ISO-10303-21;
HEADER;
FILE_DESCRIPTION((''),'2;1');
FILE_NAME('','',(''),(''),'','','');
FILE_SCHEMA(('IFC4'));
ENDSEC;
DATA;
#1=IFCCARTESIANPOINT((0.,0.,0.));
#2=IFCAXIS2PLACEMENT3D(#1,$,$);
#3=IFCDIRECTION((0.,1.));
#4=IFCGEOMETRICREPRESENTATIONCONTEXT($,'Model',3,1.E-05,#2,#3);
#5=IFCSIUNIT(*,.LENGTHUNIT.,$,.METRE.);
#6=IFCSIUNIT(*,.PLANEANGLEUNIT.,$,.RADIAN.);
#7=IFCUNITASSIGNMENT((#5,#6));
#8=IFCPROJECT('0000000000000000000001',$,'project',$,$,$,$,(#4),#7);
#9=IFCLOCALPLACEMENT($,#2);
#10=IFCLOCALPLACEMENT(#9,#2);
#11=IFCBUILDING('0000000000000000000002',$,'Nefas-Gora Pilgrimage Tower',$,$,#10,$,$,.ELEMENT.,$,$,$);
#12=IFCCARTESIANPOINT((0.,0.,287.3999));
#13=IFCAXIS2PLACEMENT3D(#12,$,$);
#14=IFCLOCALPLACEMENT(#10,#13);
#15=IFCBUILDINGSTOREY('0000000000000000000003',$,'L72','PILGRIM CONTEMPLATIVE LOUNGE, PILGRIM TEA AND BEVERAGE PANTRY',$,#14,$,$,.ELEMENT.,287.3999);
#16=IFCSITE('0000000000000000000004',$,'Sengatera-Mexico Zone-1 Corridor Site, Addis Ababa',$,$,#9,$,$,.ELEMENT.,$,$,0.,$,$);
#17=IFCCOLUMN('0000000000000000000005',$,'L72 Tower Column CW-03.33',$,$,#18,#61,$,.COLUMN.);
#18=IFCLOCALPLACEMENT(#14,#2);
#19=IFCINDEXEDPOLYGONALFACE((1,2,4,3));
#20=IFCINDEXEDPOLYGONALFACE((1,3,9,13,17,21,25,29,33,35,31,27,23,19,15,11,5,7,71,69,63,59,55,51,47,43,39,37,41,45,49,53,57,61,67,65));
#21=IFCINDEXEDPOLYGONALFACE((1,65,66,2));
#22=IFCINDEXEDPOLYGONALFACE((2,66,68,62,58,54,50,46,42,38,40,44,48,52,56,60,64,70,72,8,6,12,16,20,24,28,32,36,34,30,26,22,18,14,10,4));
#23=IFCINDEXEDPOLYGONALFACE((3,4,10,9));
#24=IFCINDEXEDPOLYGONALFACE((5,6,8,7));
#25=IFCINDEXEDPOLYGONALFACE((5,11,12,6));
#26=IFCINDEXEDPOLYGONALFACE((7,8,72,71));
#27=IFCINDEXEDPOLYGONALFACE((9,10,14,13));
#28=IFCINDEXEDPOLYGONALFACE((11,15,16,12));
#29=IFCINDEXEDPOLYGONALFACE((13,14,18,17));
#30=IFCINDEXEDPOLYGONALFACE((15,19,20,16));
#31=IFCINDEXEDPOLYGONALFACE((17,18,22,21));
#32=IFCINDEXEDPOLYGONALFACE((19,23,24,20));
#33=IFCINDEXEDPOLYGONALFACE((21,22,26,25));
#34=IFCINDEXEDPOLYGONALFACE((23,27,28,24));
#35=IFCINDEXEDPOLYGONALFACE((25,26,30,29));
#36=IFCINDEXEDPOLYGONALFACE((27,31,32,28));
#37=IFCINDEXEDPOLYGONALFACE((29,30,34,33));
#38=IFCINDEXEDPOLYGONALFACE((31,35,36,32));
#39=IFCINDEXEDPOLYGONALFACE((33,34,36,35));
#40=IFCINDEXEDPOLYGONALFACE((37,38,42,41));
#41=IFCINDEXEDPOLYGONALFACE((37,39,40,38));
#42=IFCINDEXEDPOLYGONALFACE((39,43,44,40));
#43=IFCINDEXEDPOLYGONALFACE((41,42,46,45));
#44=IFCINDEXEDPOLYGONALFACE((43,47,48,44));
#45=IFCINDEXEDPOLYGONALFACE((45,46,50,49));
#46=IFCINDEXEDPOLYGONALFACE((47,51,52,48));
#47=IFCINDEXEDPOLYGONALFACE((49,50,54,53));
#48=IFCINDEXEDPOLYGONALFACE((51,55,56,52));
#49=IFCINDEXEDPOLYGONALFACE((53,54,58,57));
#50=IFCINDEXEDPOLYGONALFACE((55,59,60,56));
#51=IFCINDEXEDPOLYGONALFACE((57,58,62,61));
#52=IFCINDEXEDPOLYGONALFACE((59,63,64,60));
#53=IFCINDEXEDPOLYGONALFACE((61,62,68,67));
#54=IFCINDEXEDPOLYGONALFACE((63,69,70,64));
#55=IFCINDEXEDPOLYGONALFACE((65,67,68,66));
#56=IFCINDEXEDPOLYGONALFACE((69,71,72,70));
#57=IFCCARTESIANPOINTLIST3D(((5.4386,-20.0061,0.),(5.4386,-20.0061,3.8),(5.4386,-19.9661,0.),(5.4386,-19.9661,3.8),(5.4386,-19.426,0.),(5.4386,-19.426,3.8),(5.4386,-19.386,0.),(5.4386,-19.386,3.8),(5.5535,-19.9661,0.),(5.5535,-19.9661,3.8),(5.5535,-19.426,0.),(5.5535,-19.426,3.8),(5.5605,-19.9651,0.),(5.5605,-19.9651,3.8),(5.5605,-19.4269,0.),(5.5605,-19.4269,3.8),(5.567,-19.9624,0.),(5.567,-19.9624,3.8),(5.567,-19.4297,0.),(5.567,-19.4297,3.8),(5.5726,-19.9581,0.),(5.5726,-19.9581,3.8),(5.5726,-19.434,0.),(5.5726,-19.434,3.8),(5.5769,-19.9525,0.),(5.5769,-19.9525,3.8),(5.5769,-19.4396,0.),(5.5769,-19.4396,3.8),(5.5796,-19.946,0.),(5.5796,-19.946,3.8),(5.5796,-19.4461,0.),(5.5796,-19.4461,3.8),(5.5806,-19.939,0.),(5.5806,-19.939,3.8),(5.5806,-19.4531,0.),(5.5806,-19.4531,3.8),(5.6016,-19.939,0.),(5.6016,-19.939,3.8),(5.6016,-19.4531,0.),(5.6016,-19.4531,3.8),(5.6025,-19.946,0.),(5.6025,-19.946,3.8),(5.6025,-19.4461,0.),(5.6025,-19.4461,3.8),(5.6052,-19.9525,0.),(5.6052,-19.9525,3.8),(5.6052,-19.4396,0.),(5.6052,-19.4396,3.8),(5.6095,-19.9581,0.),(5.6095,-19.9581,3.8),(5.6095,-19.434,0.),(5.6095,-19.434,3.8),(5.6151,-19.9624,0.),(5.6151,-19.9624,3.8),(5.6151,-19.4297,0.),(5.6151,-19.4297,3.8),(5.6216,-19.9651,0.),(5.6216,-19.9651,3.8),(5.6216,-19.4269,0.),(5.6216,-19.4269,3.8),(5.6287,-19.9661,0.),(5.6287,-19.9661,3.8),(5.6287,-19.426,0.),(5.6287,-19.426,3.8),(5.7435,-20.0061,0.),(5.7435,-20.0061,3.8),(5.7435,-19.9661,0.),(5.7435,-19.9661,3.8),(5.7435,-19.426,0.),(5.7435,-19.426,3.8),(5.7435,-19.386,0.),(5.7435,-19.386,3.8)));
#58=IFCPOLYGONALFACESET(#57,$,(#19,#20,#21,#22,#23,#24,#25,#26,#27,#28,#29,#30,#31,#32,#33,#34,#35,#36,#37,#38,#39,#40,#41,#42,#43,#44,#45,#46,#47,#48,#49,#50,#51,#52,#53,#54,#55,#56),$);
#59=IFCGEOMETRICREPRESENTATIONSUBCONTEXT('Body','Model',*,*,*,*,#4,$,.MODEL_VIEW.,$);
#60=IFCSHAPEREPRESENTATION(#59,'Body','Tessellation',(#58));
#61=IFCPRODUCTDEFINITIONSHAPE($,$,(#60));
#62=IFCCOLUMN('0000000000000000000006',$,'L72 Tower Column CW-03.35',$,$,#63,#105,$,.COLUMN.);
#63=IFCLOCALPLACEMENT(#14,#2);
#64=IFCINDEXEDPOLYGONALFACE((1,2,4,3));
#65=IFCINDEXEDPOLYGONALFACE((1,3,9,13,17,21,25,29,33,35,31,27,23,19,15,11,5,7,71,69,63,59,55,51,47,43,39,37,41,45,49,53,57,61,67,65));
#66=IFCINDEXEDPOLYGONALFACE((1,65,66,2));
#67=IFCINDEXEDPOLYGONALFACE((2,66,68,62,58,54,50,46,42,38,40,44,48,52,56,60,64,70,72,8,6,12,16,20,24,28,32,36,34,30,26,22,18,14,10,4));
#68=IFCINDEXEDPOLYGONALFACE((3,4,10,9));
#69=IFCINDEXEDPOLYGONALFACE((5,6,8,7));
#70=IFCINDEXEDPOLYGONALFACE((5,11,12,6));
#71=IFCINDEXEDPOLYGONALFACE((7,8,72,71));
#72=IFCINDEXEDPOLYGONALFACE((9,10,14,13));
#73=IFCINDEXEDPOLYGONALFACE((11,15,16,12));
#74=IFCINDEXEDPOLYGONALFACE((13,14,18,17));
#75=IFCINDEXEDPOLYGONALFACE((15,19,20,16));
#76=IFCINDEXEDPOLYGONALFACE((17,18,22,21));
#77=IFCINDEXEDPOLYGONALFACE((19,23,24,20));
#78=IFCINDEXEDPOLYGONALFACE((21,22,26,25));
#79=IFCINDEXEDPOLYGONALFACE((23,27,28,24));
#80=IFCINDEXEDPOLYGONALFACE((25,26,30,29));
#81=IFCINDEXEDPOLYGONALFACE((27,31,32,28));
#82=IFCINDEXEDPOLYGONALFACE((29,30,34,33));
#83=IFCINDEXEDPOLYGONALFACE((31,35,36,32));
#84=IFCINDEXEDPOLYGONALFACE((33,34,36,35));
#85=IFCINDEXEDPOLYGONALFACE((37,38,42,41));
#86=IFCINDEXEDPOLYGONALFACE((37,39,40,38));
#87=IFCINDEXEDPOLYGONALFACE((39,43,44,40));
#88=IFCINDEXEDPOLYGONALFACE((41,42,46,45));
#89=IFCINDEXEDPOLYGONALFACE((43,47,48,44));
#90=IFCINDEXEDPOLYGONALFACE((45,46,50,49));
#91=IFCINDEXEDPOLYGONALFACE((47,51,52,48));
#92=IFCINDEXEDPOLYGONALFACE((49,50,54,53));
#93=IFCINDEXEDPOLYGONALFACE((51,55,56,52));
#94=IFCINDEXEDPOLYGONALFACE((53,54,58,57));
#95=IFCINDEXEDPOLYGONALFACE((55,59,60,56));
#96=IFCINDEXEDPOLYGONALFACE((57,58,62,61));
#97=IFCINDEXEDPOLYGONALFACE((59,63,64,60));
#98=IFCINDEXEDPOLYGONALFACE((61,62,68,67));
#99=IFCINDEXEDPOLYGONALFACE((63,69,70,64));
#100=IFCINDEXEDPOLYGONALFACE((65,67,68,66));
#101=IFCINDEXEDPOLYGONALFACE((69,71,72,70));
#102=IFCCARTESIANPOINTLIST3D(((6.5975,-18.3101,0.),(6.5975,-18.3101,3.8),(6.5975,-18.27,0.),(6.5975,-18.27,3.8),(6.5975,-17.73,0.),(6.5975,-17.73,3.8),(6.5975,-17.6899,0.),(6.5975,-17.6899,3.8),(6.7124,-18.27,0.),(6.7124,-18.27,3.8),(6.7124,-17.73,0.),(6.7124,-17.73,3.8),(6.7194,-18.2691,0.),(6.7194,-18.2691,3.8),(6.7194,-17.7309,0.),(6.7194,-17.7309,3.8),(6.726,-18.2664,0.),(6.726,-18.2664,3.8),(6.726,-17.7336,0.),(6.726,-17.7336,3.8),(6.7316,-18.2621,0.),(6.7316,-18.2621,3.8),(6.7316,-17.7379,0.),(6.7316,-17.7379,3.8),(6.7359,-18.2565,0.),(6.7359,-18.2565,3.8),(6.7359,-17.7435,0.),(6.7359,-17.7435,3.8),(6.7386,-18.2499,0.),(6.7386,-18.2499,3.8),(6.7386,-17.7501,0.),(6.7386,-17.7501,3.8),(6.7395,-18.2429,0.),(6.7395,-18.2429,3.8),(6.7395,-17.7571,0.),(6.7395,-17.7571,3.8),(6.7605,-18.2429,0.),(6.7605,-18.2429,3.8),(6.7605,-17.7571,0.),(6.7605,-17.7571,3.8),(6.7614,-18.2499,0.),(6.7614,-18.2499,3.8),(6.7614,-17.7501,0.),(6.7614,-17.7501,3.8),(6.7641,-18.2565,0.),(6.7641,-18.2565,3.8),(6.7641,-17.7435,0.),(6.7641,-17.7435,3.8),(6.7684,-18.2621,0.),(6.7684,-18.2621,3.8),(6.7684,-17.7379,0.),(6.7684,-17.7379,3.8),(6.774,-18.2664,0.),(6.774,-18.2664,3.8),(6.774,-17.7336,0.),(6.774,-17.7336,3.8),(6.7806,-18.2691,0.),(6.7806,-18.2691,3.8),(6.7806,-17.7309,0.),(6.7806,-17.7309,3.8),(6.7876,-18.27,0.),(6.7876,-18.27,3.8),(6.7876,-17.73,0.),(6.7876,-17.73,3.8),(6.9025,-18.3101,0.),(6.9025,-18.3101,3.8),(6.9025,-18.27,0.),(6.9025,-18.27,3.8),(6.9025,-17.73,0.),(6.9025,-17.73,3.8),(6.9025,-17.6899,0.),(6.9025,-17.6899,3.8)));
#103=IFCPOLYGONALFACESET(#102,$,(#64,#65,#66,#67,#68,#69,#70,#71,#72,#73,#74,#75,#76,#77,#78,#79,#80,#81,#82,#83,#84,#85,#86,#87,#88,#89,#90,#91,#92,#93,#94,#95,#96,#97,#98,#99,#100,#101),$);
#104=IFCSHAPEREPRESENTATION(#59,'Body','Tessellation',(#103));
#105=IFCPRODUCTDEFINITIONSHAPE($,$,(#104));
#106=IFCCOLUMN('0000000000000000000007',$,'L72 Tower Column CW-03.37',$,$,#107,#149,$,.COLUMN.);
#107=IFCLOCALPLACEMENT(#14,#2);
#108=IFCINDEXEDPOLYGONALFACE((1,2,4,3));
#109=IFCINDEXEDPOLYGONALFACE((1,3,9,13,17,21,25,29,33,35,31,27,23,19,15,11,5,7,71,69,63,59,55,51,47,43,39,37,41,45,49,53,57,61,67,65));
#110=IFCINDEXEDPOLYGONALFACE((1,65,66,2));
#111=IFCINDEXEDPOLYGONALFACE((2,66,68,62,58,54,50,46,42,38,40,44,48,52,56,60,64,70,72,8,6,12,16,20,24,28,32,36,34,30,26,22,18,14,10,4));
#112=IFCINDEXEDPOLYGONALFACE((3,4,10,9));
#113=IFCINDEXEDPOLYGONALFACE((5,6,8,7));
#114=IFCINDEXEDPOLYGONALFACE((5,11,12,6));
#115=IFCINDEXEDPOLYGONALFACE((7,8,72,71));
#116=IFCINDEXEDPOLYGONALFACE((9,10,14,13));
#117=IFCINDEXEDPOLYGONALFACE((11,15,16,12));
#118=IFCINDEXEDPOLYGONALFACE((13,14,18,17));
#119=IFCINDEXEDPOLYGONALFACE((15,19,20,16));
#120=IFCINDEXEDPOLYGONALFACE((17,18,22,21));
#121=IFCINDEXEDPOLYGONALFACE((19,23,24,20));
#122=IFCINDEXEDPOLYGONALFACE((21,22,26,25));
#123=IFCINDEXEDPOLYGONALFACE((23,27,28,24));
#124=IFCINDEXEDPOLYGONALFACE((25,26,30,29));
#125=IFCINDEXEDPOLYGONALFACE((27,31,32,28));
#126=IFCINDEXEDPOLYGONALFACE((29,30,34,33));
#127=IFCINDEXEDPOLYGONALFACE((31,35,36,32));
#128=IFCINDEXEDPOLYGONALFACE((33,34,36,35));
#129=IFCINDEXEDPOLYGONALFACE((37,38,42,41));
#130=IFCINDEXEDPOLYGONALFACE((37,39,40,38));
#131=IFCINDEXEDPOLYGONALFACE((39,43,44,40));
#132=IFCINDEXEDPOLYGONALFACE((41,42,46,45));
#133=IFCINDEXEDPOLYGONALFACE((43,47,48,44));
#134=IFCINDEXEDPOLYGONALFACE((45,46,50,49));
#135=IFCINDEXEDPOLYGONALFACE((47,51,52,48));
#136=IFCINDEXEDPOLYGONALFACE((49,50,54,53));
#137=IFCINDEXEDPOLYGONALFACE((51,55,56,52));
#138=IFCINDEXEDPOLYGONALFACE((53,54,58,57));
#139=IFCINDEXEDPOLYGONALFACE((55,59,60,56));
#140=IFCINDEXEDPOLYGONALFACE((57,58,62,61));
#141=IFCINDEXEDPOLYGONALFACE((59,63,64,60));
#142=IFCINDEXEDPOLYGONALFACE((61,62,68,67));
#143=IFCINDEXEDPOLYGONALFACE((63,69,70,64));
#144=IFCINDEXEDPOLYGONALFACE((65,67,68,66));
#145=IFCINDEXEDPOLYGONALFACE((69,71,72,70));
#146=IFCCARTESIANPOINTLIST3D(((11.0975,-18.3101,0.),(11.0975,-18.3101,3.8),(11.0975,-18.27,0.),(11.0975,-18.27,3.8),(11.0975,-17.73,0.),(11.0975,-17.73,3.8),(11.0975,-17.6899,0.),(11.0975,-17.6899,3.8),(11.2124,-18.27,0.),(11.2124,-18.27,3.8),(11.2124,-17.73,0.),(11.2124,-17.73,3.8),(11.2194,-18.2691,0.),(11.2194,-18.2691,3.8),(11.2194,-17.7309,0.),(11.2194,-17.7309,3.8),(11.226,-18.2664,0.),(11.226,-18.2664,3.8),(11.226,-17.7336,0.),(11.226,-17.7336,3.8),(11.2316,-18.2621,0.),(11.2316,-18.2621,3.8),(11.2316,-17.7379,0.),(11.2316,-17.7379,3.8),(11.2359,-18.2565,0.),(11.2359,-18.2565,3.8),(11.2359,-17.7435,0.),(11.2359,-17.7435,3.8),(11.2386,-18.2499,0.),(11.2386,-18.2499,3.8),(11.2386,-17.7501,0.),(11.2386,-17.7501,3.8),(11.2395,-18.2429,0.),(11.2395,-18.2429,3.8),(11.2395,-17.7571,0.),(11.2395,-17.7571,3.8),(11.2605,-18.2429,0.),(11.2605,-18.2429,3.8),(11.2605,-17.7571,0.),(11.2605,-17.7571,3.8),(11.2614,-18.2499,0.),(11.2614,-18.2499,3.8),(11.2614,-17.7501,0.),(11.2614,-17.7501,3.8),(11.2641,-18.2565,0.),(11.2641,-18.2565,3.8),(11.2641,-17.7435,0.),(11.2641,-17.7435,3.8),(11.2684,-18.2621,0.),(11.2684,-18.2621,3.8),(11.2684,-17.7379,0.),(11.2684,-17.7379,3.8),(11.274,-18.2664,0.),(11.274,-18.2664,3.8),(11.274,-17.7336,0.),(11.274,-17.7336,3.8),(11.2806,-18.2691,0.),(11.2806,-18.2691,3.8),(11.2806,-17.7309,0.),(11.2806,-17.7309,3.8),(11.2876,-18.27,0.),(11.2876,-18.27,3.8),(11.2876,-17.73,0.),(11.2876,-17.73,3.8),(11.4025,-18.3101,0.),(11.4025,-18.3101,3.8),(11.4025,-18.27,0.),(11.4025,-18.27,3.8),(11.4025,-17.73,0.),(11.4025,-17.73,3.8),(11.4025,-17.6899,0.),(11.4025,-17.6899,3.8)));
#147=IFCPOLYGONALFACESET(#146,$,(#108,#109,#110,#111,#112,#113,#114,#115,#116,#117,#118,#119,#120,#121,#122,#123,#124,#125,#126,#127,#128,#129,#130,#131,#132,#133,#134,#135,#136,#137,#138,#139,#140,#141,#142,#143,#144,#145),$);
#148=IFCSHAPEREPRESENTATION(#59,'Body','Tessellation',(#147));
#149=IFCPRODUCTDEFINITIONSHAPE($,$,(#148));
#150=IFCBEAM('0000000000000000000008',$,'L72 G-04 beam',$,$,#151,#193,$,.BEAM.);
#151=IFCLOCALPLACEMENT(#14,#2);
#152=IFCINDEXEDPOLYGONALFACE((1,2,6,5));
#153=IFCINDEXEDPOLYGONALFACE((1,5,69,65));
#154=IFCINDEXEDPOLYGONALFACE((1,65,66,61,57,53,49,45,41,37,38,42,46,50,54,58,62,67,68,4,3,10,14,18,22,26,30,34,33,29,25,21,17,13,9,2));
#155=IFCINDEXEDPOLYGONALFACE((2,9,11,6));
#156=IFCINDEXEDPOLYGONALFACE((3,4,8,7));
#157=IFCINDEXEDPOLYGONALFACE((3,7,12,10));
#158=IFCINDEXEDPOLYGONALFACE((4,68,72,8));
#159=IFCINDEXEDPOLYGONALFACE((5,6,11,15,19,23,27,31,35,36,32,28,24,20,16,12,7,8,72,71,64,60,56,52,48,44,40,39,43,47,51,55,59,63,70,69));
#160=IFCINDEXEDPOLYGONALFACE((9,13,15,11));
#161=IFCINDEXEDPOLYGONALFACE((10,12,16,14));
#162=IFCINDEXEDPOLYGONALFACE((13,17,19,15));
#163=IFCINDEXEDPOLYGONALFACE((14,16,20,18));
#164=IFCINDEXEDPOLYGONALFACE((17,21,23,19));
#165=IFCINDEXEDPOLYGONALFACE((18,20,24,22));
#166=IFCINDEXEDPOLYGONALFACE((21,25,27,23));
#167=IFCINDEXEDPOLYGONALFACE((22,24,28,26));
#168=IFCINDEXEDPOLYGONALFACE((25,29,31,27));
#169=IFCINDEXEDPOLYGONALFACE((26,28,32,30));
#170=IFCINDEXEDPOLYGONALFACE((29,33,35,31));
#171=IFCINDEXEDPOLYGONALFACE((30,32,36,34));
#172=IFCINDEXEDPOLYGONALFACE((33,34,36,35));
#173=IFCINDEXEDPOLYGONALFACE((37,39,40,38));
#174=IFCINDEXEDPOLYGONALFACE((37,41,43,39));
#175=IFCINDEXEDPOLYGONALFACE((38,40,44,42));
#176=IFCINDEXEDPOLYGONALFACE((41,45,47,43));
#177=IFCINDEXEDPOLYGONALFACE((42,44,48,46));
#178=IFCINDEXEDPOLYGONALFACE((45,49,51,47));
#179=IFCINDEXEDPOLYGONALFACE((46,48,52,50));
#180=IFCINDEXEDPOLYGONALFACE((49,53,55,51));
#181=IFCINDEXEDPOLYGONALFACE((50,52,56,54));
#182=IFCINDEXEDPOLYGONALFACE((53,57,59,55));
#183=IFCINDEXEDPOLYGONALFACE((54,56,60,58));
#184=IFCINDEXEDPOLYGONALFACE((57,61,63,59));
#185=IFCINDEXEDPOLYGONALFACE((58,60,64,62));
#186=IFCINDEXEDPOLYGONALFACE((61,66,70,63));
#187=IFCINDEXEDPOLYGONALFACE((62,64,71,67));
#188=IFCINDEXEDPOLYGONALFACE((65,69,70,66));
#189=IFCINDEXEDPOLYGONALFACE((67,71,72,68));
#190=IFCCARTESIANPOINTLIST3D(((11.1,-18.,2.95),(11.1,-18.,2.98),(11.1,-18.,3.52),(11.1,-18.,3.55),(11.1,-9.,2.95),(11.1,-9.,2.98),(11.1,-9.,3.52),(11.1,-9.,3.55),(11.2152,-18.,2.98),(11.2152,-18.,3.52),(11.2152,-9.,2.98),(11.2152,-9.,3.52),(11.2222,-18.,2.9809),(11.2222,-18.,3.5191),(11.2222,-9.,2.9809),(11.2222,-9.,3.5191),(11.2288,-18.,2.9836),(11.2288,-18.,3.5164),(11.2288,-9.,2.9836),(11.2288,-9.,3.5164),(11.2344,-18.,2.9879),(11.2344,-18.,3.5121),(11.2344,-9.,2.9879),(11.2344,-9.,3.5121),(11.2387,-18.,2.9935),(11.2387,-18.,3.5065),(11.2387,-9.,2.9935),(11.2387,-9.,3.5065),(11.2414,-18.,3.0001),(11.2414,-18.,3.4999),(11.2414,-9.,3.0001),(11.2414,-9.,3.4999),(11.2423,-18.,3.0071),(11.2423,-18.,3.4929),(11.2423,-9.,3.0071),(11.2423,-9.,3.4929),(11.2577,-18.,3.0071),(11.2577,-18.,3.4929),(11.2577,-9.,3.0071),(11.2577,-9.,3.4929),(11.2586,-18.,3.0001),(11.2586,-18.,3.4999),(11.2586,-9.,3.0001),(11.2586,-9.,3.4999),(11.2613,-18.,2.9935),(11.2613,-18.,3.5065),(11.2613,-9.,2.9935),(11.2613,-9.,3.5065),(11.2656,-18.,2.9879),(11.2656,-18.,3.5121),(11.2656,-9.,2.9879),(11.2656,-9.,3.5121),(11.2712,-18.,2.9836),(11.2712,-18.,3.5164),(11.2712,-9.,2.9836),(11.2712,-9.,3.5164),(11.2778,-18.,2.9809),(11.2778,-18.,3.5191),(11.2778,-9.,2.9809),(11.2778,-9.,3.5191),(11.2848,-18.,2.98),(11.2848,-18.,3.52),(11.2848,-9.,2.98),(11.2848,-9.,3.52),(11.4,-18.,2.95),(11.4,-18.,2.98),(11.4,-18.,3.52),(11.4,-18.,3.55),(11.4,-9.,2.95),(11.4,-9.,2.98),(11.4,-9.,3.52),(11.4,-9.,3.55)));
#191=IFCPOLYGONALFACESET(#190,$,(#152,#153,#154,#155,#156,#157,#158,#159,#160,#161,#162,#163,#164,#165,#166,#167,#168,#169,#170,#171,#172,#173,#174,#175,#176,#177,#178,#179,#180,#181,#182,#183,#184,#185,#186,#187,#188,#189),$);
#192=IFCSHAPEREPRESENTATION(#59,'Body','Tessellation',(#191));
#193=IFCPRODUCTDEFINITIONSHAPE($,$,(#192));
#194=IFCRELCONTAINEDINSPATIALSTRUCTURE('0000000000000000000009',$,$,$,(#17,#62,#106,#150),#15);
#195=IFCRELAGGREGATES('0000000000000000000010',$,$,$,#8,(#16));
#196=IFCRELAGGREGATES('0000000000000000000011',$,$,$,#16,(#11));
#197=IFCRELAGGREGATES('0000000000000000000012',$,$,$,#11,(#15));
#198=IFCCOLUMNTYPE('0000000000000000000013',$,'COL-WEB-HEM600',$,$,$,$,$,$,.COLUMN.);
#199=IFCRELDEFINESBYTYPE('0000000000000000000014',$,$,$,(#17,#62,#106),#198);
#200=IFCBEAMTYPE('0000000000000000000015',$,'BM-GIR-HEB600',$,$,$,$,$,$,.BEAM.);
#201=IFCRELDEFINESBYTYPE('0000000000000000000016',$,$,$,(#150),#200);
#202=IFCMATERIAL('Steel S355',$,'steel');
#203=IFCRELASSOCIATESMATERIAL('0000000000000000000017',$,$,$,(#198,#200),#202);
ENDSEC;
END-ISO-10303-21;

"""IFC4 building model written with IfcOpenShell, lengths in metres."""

from ifc_helpers import new_model, si_unit, direction, frame, origin, origin_2d, place, context, subcontext, project, spatial, i_section, extrude, source, transform, mapped, material, material_profile, profile_set, type_object, element, save


model = new_model("IFC4")

# Units and contexts
model_context = context("Model", 3, precision=1e-05, world=origin(), true_north=direction((0.0, 1.0)))
body_context = subcontext(model_context, "Body", "Model", "MODEL_VIEW")
ifc_project = project(units=[si_unit("LENGTHUNIT", "METRE"), si_unit("PLANEANGLEUNIT", "RADIAN")], contexts=[model_context])

# Site, building, storey
site_placement = place(None, origin())
site = spatial("IfcSite", under=ifc_project, at=site_placement, Name="Sengatera-Mexico Zone-1 Corridor Site, Addis Ababa", CompositionType="ELEMENT", RefElevation=0.0)
building_placement = place(site_placement, origin())
building = spatial("IfcBuilding", under=site, at=building_placement, Name="Nefas-Gora Pilgrimage Tower", CompositionType="ELEMENT")
storey_placement = place(building_placement, frame((0.0, 0.0, 287.3999)))
storey = spatial("IfcBuildingStorey", under=building, at=storey_placement, Name="L72", Description="PILGRIM CONTEMPLATIVE LOUNGE, PILGRIM TEA AND BEVERAGE PANTRY", CompositionType="ELEMENT", Elevation=287.3999)

# Columns
ifc_material_1 = material(Name="Steel S355", Category="steel")
ifc_material_profile_1 = material_profile(ifc_material_1, i_section(OverallWidth=0.3049, OverallDepth=0.6201, WebThickness=0.021, FlangeThickness=0.04, FilletRadius=0.0271, at=origin_2d()), Name="HEM 600")
ifc_profile_set_1 = profile_set([ifc_material_profile_1], Name="Steel S355")
column_type_1 = type_object("IfcColumnType", Name="COL-WEB-HEM600", PredefinedType="COLUMN", material=ifc_profile_set_1)
shared_shape_1 = source(origin(), body_context, "Body", "SweptSolid", [
    extrude(i_section(OverallWidth=0.3049, OverallDepth=0.6201, WebThickness=0.021, FlangeThickness=0.04, FilletRadius=0.0271, at=origin_2d()), origin(), (0.0, 0.0, 1.0), 3.8),
])
for number, where, z_axis, x_axis, name in (
    (1, (5.5911, -19.696, 0.0), (0.0, 0.0, 1.0), (1.0, 0.0, 0.0), "L72 Tower Column CW-03.33"),
    (2, (6.75, -18.0, 0.0), (0.0, 0.0, 1.0), (1.0, 0.0, 0.0), "L72 Tower Column CW-03.35"),
    (3, (11.25, -18.0, 0.0), (0.0, 0.0, 1.0), (1.0, 0.0, 0.0), "L72 Tower Column CW-03.37"),
):
    element("IfcColumn", number, at=place(storey_placement, frame(where, z_axis=z_axis, x_axis=x_axis)), inside=storey, type_object=column_type_1, Name=name, PredefinedType="COLUMN", context=body_context, shape_type="MappedRepresentation", body=[
        mapped(shared_shape_1, transform((0.0, 0.0, 0.0), x_axis=(1.0, 0.0, 0.0), y_axis=(0.0, 1.0, 0.0), z_axis=(0.0, 0.0, 1.0), scale=1.0)),
    ])

# Beam
ifc_material_profile_2 = material_profile(ifc_material_1, i_section(OverallWidth=0.3, OverallDepth=0.6001, WebThickness=0.0154, FlangeThickness=0.03, FilletRadius=0.0271, at=origin_2d()), Name="HEB 600")
ifc_profile_set_2 = profile_set([ifc_material_profile_2], Name="Steel S355")
beam_type = type_object("IfcBeamType", Name="BM-GIR-HEB600", PredefinedType="BEAM", material=ifc_profile_set_2)
shared_shape_2 = source(origin(), body_context, "Body", "SweptSolid", [
    extrude(i_section(OverallWidth=0.3, OverallDepth=0.6001, WebThickness=0.0154, FlangeThickness=0.03, FilletRadius=0.0271, at=origin_2d()), origin(), (0.0, 0.0, 1.0), 9.0),
])
beam_placement = place(storey_placement, frame((11.25, -18.0, 3.25), z_axis=(0.0, 1.0, 0.0), x_axis=(-1.0, 0.0, 0.0)))
element("IfcBeam", 4, at=beam_placement, inside=storey, type_object=beam_type, Name="L72 G-04 beam", PredefinedType="BEAM", context=body_context, shape_type="MappedRepresentation", body=[
    mapped(shared_shape_2, transform((0.0, 0.0, 0.0), x_axis=(1.0, 0.0, 0.0), y_axis=(0.0, 1.0, 0.0), z_axis=(0.0, 0.0, 1.0), scale=1.0)),
])

save(model, "model.ifc")
